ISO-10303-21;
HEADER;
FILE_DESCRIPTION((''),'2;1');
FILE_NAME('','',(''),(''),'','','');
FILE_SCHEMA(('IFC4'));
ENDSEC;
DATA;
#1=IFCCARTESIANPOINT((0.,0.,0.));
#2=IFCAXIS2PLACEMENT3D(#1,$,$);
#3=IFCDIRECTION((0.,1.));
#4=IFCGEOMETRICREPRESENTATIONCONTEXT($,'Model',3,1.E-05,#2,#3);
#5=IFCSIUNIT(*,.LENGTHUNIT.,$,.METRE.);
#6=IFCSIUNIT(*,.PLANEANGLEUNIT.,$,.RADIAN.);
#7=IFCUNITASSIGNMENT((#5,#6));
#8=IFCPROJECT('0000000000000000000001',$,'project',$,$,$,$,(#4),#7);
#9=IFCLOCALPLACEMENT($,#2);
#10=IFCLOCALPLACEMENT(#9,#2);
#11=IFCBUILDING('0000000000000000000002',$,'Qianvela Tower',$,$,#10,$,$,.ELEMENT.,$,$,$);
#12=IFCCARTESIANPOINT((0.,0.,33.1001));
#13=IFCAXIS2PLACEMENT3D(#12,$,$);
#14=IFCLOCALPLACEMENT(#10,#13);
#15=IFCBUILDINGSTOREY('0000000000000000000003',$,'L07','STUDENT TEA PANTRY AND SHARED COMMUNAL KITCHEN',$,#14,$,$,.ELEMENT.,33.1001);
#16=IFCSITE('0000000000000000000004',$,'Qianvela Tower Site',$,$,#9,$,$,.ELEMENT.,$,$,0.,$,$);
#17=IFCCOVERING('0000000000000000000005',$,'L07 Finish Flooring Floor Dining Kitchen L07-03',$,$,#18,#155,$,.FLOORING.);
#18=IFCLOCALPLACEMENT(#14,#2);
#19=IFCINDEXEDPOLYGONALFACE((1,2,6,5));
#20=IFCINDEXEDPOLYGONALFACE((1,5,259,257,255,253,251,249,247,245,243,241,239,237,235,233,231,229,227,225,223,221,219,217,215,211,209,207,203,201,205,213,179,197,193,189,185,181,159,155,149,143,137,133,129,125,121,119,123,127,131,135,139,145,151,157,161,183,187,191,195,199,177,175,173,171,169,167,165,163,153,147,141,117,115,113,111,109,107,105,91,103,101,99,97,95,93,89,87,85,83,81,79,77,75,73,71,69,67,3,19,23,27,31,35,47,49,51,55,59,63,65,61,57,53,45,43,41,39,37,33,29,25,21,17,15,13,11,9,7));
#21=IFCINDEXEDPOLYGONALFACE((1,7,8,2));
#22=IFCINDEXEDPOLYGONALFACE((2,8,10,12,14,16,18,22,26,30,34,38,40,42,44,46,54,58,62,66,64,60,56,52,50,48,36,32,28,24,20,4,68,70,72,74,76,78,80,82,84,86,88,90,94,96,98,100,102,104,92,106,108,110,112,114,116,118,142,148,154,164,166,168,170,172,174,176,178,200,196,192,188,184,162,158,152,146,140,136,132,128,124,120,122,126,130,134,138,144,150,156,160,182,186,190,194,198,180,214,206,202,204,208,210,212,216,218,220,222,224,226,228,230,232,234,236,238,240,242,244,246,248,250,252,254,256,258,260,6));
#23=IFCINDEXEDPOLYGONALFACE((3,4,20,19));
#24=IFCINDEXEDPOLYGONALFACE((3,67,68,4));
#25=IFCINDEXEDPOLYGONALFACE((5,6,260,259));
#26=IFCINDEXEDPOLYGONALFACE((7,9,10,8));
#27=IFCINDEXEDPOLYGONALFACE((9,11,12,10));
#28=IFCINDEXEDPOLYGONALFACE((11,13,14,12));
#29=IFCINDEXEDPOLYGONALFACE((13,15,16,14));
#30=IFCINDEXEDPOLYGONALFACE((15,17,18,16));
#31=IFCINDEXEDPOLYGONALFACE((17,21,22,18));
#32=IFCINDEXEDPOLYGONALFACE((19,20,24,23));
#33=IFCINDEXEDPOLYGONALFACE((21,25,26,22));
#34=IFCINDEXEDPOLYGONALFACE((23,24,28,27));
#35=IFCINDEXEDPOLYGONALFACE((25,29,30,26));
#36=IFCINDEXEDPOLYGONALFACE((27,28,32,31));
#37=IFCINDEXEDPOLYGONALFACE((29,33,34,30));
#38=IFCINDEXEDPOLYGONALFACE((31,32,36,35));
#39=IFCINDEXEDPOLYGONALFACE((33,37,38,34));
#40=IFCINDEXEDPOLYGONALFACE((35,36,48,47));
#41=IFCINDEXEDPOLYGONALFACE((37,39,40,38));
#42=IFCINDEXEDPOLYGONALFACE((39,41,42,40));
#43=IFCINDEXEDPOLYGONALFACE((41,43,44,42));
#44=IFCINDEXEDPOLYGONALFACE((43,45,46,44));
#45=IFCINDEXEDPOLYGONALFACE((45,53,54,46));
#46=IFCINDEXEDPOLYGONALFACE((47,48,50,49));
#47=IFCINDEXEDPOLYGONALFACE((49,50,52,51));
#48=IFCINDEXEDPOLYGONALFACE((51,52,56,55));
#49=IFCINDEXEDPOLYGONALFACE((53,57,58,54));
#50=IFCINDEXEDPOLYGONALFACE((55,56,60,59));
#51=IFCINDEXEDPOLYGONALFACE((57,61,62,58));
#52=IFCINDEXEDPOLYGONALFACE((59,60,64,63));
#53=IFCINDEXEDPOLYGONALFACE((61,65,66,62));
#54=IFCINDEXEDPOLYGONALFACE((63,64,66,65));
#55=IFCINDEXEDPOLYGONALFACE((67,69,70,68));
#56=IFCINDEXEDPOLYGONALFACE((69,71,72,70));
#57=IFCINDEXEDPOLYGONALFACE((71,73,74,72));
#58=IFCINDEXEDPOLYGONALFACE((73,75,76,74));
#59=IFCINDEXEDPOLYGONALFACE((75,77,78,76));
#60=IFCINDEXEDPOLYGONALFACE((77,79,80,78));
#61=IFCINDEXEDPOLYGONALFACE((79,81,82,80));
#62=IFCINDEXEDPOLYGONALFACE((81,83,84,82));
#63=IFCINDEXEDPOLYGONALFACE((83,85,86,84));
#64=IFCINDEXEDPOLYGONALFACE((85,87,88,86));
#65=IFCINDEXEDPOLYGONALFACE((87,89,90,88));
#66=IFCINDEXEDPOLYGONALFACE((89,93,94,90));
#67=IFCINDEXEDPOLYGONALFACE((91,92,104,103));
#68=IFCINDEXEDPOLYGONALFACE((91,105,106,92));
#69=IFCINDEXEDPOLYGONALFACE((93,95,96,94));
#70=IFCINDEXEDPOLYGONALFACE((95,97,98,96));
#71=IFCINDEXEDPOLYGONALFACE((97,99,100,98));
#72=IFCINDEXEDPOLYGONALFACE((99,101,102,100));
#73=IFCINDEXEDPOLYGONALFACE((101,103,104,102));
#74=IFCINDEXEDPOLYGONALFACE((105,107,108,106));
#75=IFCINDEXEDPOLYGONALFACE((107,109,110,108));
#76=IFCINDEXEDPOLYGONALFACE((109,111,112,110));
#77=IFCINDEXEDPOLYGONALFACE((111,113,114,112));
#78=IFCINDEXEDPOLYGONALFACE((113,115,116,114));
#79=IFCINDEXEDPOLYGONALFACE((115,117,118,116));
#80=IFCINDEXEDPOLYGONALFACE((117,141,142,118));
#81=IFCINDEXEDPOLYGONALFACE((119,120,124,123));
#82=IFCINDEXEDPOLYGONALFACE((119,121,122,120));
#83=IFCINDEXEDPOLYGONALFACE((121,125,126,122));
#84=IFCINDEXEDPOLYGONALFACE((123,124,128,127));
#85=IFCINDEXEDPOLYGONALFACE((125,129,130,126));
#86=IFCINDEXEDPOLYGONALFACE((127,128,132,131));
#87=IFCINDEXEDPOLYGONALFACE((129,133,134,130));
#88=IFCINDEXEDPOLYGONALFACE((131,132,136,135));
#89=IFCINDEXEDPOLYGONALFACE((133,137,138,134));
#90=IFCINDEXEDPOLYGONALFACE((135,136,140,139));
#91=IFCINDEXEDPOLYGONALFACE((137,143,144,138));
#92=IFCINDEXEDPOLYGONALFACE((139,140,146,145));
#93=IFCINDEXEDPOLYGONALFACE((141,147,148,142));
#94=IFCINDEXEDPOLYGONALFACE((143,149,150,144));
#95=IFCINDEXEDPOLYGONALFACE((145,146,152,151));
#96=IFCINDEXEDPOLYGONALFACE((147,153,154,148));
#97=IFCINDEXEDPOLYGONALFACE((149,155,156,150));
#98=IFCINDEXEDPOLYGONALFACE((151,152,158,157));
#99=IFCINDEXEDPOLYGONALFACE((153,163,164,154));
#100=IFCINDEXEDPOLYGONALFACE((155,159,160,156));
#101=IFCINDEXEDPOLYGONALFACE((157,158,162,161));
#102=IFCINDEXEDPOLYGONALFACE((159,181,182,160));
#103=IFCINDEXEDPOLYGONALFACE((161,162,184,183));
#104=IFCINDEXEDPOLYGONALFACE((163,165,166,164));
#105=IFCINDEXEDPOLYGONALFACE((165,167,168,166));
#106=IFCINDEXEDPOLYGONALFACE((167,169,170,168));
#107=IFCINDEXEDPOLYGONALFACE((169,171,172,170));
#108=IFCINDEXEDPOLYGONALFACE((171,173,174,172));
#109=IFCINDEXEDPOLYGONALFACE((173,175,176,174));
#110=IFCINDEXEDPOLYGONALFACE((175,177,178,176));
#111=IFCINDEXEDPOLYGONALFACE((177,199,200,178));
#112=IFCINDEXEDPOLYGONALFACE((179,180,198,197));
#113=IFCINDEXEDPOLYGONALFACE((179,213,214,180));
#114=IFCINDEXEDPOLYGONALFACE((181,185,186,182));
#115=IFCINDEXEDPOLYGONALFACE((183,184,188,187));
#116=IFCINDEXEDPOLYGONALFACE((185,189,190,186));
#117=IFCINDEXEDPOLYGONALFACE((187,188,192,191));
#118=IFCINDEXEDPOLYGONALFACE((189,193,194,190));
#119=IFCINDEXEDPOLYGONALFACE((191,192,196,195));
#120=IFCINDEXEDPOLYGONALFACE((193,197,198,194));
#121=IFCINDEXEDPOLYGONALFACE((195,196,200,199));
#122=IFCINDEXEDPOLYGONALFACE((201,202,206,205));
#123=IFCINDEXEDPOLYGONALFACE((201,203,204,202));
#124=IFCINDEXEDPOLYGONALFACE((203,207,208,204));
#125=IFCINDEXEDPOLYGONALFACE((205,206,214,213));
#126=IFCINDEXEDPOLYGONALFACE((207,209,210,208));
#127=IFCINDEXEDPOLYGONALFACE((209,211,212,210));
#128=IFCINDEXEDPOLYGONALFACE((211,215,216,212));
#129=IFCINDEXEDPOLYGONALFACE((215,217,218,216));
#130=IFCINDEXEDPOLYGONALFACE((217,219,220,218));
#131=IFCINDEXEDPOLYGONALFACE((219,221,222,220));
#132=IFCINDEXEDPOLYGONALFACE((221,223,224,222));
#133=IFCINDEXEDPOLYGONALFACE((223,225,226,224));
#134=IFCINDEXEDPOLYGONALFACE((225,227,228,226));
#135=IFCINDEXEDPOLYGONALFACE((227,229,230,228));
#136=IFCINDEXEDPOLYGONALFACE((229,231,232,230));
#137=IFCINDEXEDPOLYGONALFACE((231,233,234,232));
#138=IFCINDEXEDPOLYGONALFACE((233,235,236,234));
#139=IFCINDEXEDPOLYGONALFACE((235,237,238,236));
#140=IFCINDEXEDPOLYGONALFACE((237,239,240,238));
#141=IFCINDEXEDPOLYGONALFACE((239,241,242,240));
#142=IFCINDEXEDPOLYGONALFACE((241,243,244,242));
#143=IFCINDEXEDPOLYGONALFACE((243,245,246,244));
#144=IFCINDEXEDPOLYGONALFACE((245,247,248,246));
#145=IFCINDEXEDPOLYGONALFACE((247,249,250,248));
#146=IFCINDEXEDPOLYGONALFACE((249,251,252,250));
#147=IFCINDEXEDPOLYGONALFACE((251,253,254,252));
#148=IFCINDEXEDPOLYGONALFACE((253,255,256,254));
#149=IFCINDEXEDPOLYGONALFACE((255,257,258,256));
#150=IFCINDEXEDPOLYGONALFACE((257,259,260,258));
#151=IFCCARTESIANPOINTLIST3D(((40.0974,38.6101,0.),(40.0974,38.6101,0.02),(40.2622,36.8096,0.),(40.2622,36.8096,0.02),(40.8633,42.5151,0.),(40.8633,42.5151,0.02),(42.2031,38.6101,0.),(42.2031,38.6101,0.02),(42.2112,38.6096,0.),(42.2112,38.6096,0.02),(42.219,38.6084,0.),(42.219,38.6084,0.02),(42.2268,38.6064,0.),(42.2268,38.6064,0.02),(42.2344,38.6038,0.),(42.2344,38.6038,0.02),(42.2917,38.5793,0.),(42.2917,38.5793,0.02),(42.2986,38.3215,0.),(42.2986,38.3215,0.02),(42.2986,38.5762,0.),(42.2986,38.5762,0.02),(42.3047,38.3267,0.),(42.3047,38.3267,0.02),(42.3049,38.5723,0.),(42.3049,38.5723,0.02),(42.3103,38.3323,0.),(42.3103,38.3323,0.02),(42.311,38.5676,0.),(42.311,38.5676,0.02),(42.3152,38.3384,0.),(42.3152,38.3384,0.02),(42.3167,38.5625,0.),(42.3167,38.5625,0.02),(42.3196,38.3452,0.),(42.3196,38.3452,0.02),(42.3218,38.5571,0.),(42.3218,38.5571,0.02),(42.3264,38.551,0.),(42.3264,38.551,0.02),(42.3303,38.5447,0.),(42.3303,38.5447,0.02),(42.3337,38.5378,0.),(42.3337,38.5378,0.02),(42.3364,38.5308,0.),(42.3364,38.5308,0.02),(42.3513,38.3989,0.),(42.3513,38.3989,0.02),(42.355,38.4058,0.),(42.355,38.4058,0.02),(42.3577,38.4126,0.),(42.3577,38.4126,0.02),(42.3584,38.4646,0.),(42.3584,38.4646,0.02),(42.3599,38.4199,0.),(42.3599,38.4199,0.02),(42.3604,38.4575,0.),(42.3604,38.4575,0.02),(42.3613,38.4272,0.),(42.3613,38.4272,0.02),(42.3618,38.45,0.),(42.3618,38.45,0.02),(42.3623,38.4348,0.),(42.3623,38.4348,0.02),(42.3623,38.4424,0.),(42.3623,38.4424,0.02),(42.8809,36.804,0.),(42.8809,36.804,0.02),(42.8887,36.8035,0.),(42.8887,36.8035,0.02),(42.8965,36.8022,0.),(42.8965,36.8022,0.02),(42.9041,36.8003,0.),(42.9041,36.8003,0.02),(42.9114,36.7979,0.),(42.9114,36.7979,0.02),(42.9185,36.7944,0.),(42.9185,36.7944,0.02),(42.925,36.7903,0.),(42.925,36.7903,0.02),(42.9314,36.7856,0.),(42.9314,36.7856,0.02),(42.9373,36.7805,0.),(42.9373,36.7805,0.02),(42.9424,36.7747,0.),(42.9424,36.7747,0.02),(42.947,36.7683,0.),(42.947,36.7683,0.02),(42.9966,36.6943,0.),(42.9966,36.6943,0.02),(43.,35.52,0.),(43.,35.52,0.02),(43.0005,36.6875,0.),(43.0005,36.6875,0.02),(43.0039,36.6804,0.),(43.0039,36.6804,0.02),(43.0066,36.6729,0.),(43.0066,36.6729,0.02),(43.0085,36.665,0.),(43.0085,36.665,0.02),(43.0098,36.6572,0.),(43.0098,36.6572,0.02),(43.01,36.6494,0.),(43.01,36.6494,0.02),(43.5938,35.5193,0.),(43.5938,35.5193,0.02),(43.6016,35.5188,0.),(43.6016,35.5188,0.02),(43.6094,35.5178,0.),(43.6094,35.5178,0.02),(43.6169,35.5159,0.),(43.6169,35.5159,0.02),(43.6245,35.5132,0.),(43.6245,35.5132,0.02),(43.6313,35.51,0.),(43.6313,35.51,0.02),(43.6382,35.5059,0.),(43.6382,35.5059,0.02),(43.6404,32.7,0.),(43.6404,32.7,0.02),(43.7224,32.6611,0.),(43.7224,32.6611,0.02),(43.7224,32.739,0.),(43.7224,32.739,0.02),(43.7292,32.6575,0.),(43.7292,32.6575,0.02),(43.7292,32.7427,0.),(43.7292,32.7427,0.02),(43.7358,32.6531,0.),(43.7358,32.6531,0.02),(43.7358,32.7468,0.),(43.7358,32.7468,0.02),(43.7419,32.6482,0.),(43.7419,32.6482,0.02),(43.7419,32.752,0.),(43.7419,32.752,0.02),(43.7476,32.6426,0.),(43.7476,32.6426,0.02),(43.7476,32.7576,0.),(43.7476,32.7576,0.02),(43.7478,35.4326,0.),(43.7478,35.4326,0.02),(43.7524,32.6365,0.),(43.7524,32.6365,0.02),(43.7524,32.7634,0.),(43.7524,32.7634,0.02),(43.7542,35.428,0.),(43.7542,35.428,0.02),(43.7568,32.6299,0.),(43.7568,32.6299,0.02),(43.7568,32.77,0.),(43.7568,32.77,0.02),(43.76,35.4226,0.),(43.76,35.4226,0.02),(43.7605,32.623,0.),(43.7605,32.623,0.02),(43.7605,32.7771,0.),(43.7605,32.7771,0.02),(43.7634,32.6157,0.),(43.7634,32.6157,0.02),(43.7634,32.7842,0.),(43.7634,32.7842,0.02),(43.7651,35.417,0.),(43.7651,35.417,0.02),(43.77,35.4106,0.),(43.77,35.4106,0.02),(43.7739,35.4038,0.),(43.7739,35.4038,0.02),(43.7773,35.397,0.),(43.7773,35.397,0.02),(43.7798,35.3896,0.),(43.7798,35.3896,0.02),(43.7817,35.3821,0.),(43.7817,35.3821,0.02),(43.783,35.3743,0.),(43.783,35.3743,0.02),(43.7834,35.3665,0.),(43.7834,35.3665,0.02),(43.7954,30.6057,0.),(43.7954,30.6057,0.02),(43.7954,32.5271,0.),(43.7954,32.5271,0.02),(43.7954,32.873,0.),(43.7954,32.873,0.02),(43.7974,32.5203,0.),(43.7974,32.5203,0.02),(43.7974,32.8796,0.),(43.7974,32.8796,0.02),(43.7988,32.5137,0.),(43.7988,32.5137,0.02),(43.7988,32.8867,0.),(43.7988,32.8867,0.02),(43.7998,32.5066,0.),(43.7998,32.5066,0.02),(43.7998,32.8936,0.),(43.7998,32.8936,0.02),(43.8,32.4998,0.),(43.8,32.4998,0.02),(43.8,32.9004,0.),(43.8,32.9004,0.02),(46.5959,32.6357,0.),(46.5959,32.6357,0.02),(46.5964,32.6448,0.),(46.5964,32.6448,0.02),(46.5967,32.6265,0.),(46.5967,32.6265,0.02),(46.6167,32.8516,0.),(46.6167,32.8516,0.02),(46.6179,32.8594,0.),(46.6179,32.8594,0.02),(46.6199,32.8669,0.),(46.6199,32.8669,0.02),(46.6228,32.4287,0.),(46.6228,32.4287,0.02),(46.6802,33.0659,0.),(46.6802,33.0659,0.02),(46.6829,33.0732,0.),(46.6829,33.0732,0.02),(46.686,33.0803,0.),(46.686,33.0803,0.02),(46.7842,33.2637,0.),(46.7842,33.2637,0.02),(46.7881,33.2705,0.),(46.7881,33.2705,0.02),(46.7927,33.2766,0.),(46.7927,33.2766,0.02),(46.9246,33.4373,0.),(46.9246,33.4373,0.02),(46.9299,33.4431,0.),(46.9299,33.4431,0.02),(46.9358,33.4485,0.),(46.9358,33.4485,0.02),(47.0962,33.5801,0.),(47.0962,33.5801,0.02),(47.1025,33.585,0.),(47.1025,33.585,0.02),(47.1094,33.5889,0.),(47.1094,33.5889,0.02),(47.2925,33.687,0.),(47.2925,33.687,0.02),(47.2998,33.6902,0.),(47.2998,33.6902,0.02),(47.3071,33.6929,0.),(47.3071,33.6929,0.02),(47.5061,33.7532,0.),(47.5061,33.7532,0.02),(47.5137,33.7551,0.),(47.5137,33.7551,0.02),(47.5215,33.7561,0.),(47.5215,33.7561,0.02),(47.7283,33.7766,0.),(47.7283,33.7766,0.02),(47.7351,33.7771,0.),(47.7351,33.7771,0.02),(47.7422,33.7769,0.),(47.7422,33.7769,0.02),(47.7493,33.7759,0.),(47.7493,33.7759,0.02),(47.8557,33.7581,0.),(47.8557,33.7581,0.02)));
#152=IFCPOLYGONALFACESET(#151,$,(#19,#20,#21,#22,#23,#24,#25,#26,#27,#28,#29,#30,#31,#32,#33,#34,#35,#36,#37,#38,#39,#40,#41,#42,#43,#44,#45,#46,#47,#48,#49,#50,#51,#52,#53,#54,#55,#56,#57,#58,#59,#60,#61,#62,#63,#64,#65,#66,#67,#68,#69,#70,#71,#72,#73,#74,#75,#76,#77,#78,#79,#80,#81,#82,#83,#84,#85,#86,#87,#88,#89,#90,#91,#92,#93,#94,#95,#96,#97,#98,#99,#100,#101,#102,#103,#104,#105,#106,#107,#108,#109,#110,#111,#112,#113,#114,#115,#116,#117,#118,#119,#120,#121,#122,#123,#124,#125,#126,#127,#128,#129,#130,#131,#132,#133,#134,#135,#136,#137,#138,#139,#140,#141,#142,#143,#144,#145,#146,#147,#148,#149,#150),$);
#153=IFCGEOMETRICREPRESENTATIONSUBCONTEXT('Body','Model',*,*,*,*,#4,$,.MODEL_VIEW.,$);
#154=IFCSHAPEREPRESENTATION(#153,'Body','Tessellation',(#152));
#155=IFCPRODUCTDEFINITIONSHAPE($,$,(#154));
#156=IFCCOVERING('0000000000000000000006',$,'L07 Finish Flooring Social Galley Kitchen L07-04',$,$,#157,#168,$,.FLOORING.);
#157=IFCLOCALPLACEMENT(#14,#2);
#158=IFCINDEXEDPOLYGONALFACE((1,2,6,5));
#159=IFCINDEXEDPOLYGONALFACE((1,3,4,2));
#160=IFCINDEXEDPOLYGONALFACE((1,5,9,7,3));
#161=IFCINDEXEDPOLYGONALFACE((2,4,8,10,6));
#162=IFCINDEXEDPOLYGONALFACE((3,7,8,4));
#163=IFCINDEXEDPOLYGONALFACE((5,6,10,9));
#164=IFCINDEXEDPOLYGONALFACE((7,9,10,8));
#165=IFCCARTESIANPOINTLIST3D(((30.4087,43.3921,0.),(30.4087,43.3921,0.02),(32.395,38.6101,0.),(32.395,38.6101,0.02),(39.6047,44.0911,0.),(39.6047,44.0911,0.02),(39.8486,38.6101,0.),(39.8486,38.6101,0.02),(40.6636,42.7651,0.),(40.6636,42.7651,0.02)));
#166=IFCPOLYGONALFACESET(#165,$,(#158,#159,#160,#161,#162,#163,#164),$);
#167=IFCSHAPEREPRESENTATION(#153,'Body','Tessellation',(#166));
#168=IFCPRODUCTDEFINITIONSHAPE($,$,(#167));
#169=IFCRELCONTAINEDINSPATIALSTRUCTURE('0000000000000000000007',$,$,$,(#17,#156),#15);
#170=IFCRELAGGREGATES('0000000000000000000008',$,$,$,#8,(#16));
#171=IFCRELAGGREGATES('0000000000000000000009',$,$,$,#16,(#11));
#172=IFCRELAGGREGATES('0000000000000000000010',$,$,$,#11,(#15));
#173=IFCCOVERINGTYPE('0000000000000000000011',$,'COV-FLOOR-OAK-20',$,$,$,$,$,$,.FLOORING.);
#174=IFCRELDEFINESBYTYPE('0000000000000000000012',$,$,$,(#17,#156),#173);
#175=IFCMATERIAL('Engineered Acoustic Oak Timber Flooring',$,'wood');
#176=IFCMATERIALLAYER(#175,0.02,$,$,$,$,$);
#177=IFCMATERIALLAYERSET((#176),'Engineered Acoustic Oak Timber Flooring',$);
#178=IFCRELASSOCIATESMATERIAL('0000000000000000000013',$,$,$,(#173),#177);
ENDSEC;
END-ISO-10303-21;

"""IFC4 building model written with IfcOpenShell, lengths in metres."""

from ifc_helpers import new_model, si_unit, direction, frame, origin, place, context, subcontext, project, spatial, polyline, outline, extrude, material, layer, layer_set, type_object, element, save


model = new_model("IFC4")

# Units and contexts
model_context = context("Model", 3, precision=1e-05, world=origin(), true_north=direction((0.0, 1.0)))
body_context = subcontext(model_context, "Body", "Model", "MODEL_VIEW")
ifc_project = project(units=[si_unit("LENGTHUNIT", "METRE"), si_unit("PLANEANGLEUNIT", "RADIAN")], contexts=[model_context])

# Site, building, storey
site_placement = place(None, origin())
site = spatial("IfcSite", under=ifc_project, at=site_placement, Name="Qianvela Tower Site", CompositionType="ELEMENT", RefElevation=0.0)
building_placement = place(site_placement, origin())
building = spatial("IfcBuilding", under=site, at=building_placement, Name="Qianvela Tower", CompositionType="ELEMENT")
storey_placement = place(building_placement, frame((0.0, 0.0, 33.1001)))
storey = spatial("IfcBuildingStorey", under=building, at=storey_placement, Name="L07", Description="STUDENT TEA PANTRY AND SHARED COMMUNAL KITCHEN", CompositionType="ELEMENT", Elevation=33.1001)

# Coverings
ifc_material_1 = material(Name="Engineered Acoustic Oak Timber Flooring", Category="wood")
ifc_layer_1 = layer(ifc_material_1, 0.02)
ifc_layer_set_1 = layer_set([ifc_layer_1], Name="Engineered Acoustic Oak Timber Flooring")
covering_type_1 = type_object("IfcCoveringType", Name="COV-FLOOR-OAK-20", PredefinedType="FLOORING", material=ifc_layer_set_1)
covering_1_placement = place(storey_placement, origin())
element("IfcCovering", 1, at=covering_1_placement, inside=storey, type_object=covering_type_1, Name="L07 Finish Flooring Floor Dining Kitchen L07-03", PredefinedType="FLOORING", context=body_context, shape_type="SweptSolid", body=[
    extrude(outline(polyline([(43.6404, 32.7), (43.7224, 32.739), (43.7292, 32.7427), (43.7358, 32.7468), (43.7419, 32.752), (43.7476, 32.7576), (43.7524, 32.7634), (43.7568, 32.77), (43.7605, 32.7771), (43.7634, 32.7842), (43.7954, 32.873), (43.7974, 32.8796), (43.7988, 32.8867), (43.7998, 32.8936), (43.8, 32.9004), (43.7834, 35.3665), (43.783, 35.3743), (43.7817, 35.3821), (43.7798, 35.3896), (43.7773, 35.397), (43.7739, 35.4038), (43.77, 35.4106), (43.7651, 35.417), (43.76, 35.4226), (43.7542, 35.428), (43.7478, 35.4326), (43.6382, 35.5059), (43.6313, 35.51), (43.6245, 35.5132), (43.6169, 35.5159), (43.6094, 35.5178), (43.6016, 35.5188), (43.5938, 35.5193), (43.0, 35.52), (43.01, 36.6494), (43.0098, 36.6572), (43.0085, 36.665), (43.0066, 36.6729), (43.0039, 36.6804), (43.0005, 36.6875), (42.9966, 36.6943), (42.947, 36.7683), (42.9424, 36.7747), (42.9373, 36.7805), (42.9314, 36.7856), (42.925, 36.7903), (42.9185, 36.7944), (42.9114, 36.7979), (42.9041, 36.8003), (42.8965, 36.8022), (42.8887, 36.8035), (42.8809, 36.804), (40.2622, 36.8096), (42.2986, 38.3215), (42.3047, 38.3267), (42.3103, 38.3323), (42.3152, 38.3384), (42.3196, 38.3452), (42.3513, 38.3989), (42.355, 38.4058), (42.3577, 38.4126), (42.3599, 38.4199), (42.3613, 38.4272), (42.3623, 38.4348), (42.3623, 38.4424), (42.3618, 38.45), (42.3604, 38.4575), (42.3584, 38.4646), (42.3364, 38.5308), (42.3337, 38.5378), (42.3303, 38.5447), (42.3264, 38.551), (42.3218, 38.5571), (42.3167, 38.5625), (42.311, 38.5676), (42.3049, 38.5723), (42.2986, 38.5762), (42.2917, 38.5793), (42.2344, 38.6038), (42.2268, 38.6064), (42.219, 38.6084), (42.2112, 38.6096), (42.2031, 38.6101), (40.0974, 38.6101), (40.8633, 42.5151), (47.8557, 33.7581), (47.7493, 33.7759), (47.7422, 33.7769), (47.7351, 33.7771), (47.7283, 33.7766), (47.5215, 33.7561), (47.5137, 33.7551), (47.5061, 33.7532), (47.3071, 33.6929), (47.2998, 33.6902), (47.2925, 33.687), (47.1094, 33.5889), (47.1025, 33.585), (47.0962, 33.5801), (46.9358, 33.4485), (46.9299, 33.4431), (46.9246, 33.4373), (46.7927, 33.2766), (46.7881, 33.2705), (46.7842, 33.2637), (46.686, 33.0803), (46.6829, 33.0732), (46.6802, 33.0659), (46.6199, 32.8669), (46.6179, 32.8594), (46.6167, 32.8516), (46.5964, 32.6448), (46.5959, 32.6357), (46.5967, 32.6265), (46.6228, 32.4287), (43.7954, 30.6057), (43.8, 32.4998), (43.7998, 32.5066), (43.7988, 32.5137), (43.7974, 32.5203), (43.7954, 32.5271), (43.7634, 32.6157), (43.7605, 32.623), (43.7568, 32.6299), (43.7524, 32.6365), (43.7476, 32.6426), (43.7419, 32.6482), (43.7358, 32.6531), (43.7292, 32.6575), (43.7224, 32.6611), (43.6404, 32.7)])), origin(), (0.0, 0.0, 1.0), 0.02),
])
covering_2_placement = place(storey_placement, origin())
element("IfcCovering", 2, at=covering_2_placement, inside=storey, type_object=covering_type_1, Name="L07 Finish Flooring Social Galley Kitchen L07-04", PredefinedType="FLOORING", context=body_context, shape_type="SweptSolid", body=[
    extrude(outline(polyline([(30.4087, 43.3921), (39.6047, 44.0911), (40.6636, 42.7651), (39.8486, 38.6101), (32.395, 38.6101), (30.4087, 43.3921)])), origin(), (0.0, 0.0, 1.0), 0.02),
])

save(model, "model.ifc")
